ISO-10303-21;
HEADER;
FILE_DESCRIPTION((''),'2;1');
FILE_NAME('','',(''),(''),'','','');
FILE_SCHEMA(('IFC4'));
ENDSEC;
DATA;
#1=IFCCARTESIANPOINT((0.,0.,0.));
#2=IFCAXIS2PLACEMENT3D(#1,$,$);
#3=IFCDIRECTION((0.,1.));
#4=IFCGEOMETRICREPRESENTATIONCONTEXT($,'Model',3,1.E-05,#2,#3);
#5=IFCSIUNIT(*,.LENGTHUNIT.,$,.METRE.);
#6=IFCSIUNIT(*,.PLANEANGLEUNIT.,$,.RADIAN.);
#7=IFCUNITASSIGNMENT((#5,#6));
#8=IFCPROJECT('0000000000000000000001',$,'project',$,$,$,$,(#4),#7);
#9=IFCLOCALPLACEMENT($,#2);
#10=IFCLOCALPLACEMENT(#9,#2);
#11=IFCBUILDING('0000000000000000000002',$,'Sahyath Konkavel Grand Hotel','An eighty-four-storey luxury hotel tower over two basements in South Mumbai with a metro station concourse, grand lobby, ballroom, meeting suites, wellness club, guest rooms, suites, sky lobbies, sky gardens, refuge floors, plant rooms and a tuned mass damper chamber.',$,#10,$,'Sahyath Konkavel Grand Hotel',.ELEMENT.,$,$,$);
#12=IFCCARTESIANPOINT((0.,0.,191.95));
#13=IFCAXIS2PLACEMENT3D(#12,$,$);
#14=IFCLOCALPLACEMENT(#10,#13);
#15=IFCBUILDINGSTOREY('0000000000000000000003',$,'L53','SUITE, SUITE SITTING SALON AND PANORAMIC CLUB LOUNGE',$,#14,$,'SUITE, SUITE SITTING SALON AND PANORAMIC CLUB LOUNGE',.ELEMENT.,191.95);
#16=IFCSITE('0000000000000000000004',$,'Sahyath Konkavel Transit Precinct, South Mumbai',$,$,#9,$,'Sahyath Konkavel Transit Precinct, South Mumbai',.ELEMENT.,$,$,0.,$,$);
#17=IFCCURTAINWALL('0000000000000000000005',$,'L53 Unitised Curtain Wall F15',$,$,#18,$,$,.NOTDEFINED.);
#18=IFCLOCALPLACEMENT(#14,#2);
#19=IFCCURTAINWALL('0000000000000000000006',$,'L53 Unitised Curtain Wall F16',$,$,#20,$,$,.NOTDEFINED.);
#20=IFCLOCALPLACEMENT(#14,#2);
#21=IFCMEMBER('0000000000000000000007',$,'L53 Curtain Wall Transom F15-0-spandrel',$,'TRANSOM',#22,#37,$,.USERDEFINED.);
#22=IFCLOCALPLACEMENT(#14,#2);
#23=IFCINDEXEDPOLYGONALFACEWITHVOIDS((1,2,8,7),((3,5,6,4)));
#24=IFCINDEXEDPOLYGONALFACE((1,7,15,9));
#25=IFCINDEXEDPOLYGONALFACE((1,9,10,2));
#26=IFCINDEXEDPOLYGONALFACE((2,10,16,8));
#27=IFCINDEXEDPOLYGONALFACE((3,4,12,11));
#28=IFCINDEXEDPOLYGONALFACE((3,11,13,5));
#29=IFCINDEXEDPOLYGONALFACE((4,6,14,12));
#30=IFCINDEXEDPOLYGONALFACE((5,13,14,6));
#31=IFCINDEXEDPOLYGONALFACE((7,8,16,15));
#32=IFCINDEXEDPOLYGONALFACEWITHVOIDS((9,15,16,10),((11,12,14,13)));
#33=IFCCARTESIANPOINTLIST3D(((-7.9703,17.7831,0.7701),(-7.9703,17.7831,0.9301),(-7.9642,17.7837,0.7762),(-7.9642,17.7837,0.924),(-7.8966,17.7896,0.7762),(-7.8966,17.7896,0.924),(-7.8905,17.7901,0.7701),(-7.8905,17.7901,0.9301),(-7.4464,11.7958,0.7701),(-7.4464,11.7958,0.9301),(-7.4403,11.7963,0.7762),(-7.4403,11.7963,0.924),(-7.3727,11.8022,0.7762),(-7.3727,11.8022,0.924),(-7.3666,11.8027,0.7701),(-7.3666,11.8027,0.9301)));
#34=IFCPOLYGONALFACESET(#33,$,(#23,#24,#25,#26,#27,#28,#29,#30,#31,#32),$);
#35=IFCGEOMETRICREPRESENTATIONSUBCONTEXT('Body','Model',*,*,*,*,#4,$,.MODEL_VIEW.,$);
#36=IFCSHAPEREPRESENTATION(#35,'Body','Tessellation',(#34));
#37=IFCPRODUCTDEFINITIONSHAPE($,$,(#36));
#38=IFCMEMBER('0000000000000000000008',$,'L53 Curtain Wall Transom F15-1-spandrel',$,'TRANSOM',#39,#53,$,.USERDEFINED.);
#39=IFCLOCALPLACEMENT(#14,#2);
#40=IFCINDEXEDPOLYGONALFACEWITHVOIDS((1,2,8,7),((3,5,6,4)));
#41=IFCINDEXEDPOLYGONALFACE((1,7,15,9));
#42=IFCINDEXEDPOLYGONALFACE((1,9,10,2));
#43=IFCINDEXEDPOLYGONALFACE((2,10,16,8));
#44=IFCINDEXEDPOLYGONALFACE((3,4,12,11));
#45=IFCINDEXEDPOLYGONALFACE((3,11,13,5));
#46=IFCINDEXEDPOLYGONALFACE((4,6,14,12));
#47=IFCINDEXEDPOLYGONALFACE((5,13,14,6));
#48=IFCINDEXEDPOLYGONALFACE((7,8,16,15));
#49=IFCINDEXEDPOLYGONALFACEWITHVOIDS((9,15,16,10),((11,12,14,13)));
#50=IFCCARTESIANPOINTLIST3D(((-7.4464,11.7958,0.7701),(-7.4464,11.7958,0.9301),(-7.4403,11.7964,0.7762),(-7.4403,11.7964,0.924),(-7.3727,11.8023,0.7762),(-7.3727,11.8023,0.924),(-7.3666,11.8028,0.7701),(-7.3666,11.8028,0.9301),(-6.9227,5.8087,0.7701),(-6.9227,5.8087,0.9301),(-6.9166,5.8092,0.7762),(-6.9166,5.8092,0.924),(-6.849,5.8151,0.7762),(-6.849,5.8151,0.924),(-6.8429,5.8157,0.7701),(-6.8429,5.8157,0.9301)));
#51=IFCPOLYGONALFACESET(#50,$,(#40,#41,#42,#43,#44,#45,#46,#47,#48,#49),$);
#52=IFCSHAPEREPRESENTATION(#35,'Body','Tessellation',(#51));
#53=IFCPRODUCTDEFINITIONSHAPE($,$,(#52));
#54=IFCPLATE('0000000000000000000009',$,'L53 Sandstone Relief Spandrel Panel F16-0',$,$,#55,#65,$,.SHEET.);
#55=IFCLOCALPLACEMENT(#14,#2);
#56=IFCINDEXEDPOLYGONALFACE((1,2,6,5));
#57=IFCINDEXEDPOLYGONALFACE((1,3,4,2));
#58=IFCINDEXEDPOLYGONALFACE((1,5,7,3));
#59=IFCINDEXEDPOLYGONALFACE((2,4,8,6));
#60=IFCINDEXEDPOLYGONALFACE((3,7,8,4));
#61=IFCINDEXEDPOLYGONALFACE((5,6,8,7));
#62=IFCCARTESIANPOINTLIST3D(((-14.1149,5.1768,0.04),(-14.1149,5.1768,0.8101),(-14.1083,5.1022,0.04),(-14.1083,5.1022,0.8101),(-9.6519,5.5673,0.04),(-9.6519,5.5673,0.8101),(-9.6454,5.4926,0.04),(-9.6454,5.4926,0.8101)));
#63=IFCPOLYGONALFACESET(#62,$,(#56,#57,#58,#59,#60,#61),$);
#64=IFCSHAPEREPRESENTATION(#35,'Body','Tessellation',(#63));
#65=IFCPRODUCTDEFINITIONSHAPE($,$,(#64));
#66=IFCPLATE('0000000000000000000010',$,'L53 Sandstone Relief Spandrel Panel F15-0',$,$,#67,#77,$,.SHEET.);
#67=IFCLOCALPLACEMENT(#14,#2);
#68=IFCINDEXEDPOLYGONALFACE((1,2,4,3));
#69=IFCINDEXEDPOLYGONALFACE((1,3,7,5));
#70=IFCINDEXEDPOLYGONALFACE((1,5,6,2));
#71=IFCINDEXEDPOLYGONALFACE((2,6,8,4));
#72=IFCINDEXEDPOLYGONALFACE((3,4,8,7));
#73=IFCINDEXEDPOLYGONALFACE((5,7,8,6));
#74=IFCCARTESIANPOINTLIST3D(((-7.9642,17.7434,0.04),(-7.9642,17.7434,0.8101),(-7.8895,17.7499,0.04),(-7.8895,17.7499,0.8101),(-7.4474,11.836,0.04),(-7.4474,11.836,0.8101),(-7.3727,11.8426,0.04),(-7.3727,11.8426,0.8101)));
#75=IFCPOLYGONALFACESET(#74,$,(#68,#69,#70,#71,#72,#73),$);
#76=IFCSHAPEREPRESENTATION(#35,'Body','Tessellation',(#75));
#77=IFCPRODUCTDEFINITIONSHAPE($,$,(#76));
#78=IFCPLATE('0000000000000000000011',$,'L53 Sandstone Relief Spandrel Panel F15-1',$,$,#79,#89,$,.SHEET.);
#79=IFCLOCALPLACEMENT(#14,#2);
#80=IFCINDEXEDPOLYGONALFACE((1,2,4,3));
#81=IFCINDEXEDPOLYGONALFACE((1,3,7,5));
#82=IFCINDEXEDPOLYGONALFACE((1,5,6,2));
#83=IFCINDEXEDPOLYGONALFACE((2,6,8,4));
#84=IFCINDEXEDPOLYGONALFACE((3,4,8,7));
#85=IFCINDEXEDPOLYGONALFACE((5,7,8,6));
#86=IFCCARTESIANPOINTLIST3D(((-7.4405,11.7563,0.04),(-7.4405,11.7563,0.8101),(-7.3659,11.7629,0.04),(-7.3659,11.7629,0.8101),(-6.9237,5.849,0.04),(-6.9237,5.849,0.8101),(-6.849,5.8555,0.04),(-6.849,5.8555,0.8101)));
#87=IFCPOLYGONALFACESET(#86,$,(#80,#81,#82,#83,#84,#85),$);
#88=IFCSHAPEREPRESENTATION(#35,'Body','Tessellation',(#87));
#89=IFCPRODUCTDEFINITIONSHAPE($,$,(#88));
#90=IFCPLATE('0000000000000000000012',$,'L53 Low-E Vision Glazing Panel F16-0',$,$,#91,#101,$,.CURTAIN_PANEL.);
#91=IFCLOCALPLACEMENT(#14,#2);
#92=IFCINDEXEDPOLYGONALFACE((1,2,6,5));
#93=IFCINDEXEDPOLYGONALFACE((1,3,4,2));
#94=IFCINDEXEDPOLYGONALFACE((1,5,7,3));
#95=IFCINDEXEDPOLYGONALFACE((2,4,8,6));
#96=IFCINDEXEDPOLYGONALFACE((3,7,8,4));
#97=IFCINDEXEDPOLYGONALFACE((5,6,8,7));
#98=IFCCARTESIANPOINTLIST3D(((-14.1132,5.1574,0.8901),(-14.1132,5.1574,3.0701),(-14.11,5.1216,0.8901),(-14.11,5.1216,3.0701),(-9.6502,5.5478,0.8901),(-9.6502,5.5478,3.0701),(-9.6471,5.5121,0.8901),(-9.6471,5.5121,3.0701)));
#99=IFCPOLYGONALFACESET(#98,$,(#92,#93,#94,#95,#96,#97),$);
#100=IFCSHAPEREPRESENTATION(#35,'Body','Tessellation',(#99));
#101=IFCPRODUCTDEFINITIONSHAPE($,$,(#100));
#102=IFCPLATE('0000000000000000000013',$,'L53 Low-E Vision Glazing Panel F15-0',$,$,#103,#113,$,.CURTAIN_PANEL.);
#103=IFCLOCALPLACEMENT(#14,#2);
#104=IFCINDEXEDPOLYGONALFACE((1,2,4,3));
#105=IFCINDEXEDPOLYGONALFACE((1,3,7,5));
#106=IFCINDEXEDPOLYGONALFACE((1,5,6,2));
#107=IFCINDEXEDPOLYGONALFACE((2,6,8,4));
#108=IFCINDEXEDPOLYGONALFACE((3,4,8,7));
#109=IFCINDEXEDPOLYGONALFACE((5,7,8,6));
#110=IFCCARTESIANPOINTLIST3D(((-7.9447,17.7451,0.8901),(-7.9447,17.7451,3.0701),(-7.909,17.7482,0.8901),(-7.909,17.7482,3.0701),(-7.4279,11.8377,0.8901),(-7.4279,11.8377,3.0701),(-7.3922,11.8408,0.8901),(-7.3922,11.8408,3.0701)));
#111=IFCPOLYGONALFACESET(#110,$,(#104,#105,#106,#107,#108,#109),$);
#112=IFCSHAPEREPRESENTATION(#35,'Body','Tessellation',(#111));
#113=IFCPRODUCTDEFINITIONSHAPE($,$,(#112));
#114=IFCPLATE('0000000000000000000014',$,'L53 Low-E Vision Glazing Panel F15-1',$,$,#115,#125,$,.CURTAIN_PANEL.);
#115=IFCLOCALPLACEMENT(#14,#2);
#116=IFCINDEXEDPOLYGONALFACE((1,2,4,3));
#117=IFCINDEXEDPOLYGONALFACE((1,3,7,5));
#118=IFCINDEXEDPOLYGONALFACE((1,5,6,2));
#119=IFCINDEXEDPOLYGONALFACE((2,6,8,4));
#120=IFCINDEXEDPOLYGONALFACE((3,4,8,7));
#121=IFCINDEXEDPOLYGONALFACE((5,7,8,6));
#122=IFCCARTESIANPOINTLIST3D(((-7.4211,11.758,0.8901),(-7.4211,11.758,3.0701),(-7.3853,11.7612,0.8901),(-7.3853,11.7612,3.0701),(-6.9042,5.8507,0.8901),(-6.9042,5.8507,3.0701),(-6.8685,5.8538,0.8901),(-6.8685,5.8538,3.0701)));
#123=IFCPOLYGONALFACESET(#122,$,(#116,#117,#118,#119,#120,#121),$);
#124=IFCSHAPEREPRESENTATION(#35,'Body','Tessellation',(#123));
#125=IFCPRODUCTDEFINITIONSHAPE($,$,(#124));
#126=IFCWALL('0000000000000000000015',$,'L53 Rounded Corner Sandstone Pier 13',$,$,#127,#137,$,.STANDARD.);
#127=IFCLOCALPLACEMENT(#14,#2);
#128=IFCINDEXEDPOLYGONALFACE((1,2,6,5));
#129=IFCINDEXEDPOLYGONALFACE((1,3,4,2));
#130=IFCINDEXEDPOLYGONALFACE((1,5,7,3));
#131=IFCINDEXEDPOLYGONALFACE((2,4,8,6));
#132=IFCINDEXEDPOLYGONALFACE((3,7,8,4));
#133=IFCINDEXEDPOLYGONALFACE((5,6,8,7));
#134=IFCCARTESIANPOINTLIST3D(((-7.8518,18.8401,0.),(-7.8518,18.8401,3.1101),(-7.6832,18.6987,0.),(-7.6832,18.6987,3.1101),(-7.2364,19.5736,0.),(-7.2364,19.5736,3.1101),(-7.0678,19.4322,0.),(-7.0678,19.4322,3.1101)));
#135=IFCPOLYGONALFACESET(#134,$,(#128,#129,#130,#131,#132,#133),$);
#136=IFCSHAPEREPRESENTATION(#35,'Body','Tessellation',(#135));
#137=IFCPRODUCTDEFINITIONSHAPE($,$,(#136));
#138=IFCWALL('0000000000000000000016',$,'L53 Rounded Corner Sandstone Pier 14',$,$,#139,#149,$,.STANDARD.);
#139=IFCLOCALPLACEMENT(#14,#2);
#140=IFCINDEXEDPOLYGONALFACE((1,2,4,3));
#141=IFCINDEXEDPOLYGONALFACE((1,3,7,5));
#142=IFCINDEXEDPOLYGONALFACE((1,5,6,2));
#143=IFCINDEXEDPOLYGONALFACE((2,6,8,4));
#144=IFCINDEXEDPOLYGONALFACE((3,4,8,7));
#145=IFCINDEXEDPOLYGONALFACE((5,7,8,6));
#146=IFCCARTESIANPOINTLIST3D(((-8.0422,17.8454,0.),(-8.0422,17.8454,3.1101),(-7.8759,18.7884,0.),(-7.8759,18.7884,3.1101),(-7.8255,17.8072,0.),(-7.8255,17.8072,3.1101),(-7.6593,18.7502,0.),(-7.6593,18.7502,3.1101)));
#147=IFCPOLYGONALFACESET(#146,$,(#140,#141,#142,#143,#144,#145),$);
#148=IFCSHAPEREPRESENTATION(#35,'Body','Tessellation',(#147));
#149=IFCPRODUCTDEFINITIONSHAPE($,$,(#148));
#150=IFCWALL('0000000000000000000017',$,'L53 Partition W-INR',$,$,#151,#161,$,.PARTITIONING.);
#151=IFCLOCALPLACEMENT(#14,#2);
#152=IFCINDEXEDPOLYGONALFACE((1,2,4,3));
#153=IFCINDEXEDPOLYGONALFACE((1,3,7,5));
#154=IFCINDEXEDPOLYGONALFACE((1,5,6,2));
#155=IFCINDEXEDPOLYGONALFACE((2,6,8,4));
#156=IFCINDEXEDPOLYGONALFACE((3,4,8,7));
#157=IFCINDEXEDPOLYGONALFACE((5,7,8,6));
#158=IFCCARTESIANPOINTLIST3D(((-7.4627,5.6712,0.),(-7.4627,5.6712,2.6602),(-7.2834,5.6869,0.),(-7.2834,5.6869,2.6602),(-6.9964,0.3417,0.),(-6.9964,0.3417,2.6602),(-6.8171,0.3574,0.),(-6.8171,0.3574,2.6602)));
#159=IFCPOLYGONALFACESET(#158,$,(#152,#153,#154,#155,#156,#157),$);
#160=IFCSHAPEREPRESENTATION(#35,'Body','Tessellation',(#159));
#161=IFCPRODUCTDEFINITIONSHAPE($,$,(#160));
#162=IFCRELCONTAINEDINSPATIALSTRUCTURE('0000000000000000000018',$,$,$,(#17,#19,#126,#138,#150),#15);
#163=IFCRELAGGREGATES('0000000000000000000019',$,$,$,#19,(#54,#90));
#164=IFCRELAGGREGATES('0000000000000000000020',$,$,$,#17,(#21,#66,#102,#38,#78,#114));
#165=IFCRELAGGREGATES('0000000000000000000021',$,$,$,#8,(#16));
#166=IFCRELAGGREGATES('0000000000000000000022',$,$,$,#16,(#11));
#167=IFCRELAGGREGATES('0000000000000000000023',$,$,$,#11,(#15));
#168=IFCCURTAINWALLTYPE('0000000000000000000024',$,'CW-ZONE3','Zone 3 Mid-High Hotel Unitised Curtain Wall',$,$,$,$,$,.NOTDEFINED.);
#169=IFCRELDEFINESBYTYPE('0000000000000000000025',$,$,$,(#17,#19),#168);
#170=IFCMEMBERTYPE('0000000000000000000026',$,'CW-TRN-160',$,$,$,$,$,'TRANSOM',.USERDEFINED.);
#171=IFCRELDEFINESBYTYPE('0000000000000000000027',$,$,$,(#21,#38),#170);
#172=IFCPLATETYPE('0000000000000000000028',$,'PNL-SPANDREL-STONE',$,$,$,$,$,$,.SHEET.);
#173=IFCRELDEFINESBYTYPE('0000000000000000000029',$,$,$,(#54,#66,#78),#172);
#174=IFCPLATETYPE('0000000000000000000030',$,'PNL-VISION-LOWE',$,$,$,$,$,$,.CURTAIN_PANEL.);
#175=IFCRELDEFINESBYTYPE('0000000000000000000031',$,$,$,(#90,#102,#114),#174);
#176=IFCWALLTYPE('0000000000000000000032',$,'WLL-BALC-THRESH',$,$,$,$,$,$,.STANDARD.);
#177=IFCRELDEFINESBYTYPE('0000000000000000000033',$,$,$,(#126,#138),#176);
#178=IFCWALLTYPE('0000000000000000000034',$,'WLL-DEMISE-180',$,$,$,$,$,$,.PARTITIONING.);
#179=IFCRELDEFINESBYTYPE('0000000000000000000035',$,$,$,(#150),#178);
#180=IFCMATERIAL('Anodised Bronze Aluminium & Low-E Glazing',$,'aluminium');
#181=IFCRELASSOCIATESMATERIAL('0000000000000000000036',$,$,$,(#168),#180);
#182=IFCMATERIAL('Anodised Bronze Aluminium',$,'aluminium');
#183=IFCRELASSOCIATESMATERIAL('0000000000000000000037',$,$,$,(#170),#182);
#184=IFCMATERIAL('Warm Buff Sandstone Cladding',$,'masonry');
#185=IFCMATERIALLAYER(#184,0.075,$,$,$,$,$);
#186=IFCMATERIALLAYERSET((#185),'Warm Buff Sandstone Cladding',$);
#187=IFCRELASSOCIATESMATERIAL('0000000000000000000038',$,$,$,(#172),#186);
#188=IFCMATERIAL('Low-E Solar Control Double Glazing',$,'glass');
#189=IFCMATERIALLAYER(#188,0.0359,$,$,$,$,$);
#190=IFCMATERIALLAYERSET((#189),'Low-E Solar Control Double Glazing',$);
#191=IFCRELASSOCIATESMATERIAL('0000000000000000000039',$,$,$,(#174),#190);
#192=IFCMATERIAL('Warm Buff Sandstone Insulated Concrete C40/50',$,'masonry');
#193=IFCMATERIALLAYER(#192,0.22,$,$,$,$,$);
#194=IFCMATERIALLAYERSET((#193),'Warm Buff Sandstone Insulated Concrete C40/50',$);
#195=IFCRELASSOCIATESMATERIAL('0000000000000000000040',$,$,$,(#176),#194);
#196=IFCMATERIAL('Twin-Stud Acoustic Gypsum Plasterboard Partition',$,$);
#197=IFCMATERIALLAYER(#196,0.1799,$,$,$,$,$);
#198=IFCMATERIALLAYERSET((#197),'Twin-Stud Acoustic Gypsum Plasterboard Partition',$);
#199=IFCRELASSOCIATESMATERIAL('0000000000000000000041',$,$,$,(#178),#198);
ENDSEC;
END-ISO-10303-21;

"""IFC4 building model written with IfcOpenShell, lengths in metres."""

from ifc_helpers import new_model, si_unit, direction, frame, frame_2d, origin, origin_2d, place, context, subcontext, project, spatial, rectangle, hollow_rectangle, extrude, source, transform, mapped, material, layer, layer_set, material_profile, profile_set, type_object, element, aggregate, save


model = new_model("IFC4")

# Units and contexts
model_context = context("Model", 3, precision=1e-05, world=origin(), true_north=direction((0.0, 1.0)))
body_context = subcontext(model_context, "Body", "Model", "MODEL_VIEW")
ifc_project = project(units=[si_unit("LENGTHUNIT", "METRE"), si_unit("PLANEANGLEUNIT", "RADIAN")], contexts=[model_context])

# Site, building, storey
site_placement = place(None, origin())
site = spatial("IfcSite", under=ifc_project, at=site_placement, Name="Sahyath Konkavel Transit Precinct, South Mumbai", LongName="Sahyath Konkavel Transit Precinct, South Mumbai", CompositionType="ELEMENT", RefElevation=0.0)
building_placement = place(site_placement, origin())
building = spatial("IfcBuilding", under=site, at=building_placement, Name="Sahyath Konkavel Grand Hotel", Description="An eighty-four-storey luxury hotel tower over two basements in South Mumbai with a metro station concourse, grand lobby, ballroom, meeting suites, wellness club, guest rooms, suites, sky lobbies, sky gardens, refuge floors, plant rooms and a tuned mass damper chamber.", LongName="Sahyath Konkavel Grand Hotel", CompositionType="ELEMENT")
storey_placement = place(building_placement, frame((0.0, 0.0, 191.95)))
storey = spatial("IfcBuildingStorey", under=building, at=storey_placement, Name="L53", Description="SUITE, SUITE SITTING SALON AND PANORAMIC CLUB LOUNGE", LongName="SUITE, SUITE SITTING SALON AND PANORAMIC CLUB LOUNGE", CompositionType="ELEMENT", Elevation=191.95)

# Curtain walls
ifc_material_1 = material(Name="Anodised Bronze Aluminium & Low-E Glazing", Category="aluminium")
curtain_wall_type = type_object("IfcCurtainWallType", Name="CW-ZONE3", Description="Zone 3 Mid-High Hotel Unitised Curtain Wall", PredefinedType="NOTDEFINED", material=ifc_material_1)
curtain_wall_1_placement = place(storey_placement, origin())
curtain_wall_1 = element("IfcCurtainWall", 1, at=curtain_wall_1_placement, inside=storey, type_object=curtain_wall_type, Name="L53 Unitised Curtain Wall F15", PredefinedType="NOTDEFINED")
curtain_wall_2_placement = place(storey_placement, origin())
curtain_wall_2 = element("IfcCurtainWall", 2, at=curtain_wall_2_placement, inside=storey, type_object=curtain_wall_type, Name="L53 Unitised Curtain Wall F16", PredefinedType="NOTDEFINED")
ifc_material_2 = material(Name="Anodised Bronze Aluminium", Category="aluminium")

# Members
ifc_material_profile_1 = material_profile(ifc_material_2, hollow_rectangle(XDim=0.0801, YDim=0.1599, WallThickness=0.0061, at=origin_2d()), Name="RHS 160x80x6")
ifc_profile_set_1 = profile_set([ifc_material_profile_1], Name="Anodised Bronze Aluminium")
member_type_1 = type_object("IfcMemberType", Name="CW-TRN-160", ElementType="TRANSOM", PredefinedType="USERDEFINED", material=ifc_profile_set_1)
shared_shape_1 = source(origin(), body_context, "Body", "SweptSolid", [
    extrude(hollow_rectangle(XDim=0.0801, YDim=0.1599, WallThickness=0.0061, at=origin_2d()), origin(), (0.0, 0.0, 1.0), 6.0103),
])
member_1_placement = place(storey_placement, frame((-7.9304, 17.7866, 0.8501), z_axis=(0.087173, -0.996193, 0.0), x_axis=(0.996193, 0.087173, 0.0)))
member_1 = element("IfcMember", 3, at=member_1_placement, type_object=member_type_1, Name="L53 Curtain Wall Transom F15-0-spandrel", ObjectType="TRANSOM", PredefinedType="USERDEFINED", context=body_context, shape_type="MappedRepresentation", body=[
    mapped(shared_shape_1, transform((0.0, 0.0, 0.0), scale=1.0)),
])
shared_shape_2 = source(origin(), body_context, "Body", "SweptSolid", [
    extrude(hollow_rectangle(XDim=0.0801, YDim=0.1599, WallThickness=0.0061, at=origin_2d()), origin(), (0.0, 0.0, 1.0), 6.01),
])
member_2_placement = place(storey_placement, frame((-7.4065, 11.7993, 0.8501), z_axis=(0.087136, -0.996196, 0.0), x_axis=(0.996196, 0.087136, 0.0)))
member_2 = element("IfcMember", 4, at=member_2_placement, type_object=member_type_1, Name="L53 Curtain Wall Transom F15-1-spandrel", ObjectType="TRANSOM", PredefinedType="USERDEFINED", context=body_context, shape_type="MappedRepresentation", body=[
    mapped(shared_shape_2, transform((0.0, 0.0, 0.0), scale=1.0)),
])

# Plates
ifc_material_3 = material(Name="Warm Buff Sandstone Cladding", Category="masonry")
ifc_layer_1 = layer(ifc_material_3, 0.075)
ifc_layer_set_1 = layer_set([ifc_layer_1], Name="Warm Buff Sandstone Cladding")
plate_type_1 = type_object("IfcPlateType", Name="PNL-SPANDREL-STONE", PredefinedType="SHEET", material=ifc_layer_set_1)
shared_shape_3 = source(origin(), body_context, "Body", "SweptSolid", [
    extrude(rectangle(XDim=4.48, YDim=0.075, at=origin_2d()), origin(), (0.0, 0.0, 1.0), 0.77),
])
plate_1_placement = place(storey_placement, frame((-11.8801, 5.3347, 0.04), z_axis=(0.0, 0.0, 1.0), x_axis=(-0.996195, -0.087156, 0.0)))
plate_1 = element("IfcPlate", 5, at=plate_1_placement, type_object=plate_type_1, Name="L53 Sandstone Relief Spandrel Panel F16-0", PredefinedType="SHEET", context=body_context, shape_type="MappedRepresentation", body=[
    mapped(shared_shape_3, transform((0.0, 0.0, 0.0), scale=1.0)),
])
shared_shape_4 = source(origin(), body_context, "Body", "SweptSolid", [
    extrude(rectangle(XDim=5.9299, YDim=0.075, at=origin_2d()), origin(), (0.0, 0.0, 1.0), 0.77),
])
plate_2_placement = place(storey_placement, frame((-7.6685, 14.793, 0.04), z_axis=(0.0, 0.0, 1.0), x_axis=(0.087156, -0.996195, 0.0)))
plate_2 = element("IfcPlate", 6, at=plate_2_placement, type_object=plate_type_1, Name="L53 Sandstone Relief Spandrel Panel F15-0", PredefinedType="SHEET", context=body_context, shape_type="MappedRepresentation", body=[
    mapped(shared_shape_4, transform((0.0, 0.0, 0.0), scale=1.0)),
])
plate_3_placement = place(storey_placement, frame((-7.1448, 8.8059, 0.04), z_axis=(0.0, 0.0, 1.0), x_axis=(0.087156, -0.996195, 0.0)))
plate_3 = element("IfcPlate", 7, at=plate_3_placement, type_object=plate_type_1, Name="L53 Sandstone Relief Spandrel Panel F15-1", PredefinedType="SHEET", context=body_context, shape_type="MappedRepresentation", body=[
    mapped(shared_shape_4, transform((0.0, 0.0, 0.0), scale=1.0)),
])
ifc_material_4 = material(Name="Low-E Solar Control Double Glazing", Category="glass")
ifc_layer_2 = layer(ifc_material_4, 0.0359)
ifc_layer_set_2 = layer_set([ifc_layer_2], Name="Low-E Solar Control Double Glazing")
plate_type_2 = type_object("IfcPlateType", Name="PNL-VISION-LOWE", PredefinedType="CURTAIN_PANEL", material=ifc_layer_set_2)
shared_shape_5 = source(origin(), body_context, "Body", "SweptSolid", [
    extrude(rectangle(XDim=4.48, YDim=0.0359, at=origin_2d()), origin(), (0.0, 0.0, 1.0), 2.1799),
])
plate_4_placement = place(storey_placement, frame((-11.8801, 5.3347, 0.8901), z_axis=(0.0, 0.0, 1.0), x_axis=(-0.996195, -0.087156, 0.0)))
plate_4 = element("IfcPlate", 8, at=plate_4_placement, type_object=plate_type_2, Name="L53 Low-E Vision Glazing Panel F16-0", PredefinedType="CURTAIN_PANEL", context=body_context, shape_type="MappedRepresentation", body=[
    mapped(shared_shape_5, transform((0.0, 0.0, 0.0), scale=1.0)),
])
aggregate(curtain_wall_2, [plate_1, plate_4])
shared_shape_6 = source(origin(), body_context, "Body", "SweptSolid", [
    extrude(rectangle(XDim=5.9299, YDim=0.0359, at=origin_2d()), origin(), (0.0, 0.0, 1.0), 2.1799),
])
plate_5_placement = place(storey_placement, frame((-7.6685, 14.793, 0.8901), z_axis=(0.0, 0.0, 1.0), x_axis=(0.087156, -0.996195, 0.0)))
plate_5 = element("IfcPlate", 9, at=plate_5_placement, type_object=plate_type_2, Name="L53 Low-E Vision Glazing Panel F15-0", PredefinedType="CURTAIN_PANEL", context=body_context, shape_type="MappedRepresentation", body=[
    mapped(shared_shape_6, transform((0.0, 0.0, 0.0), scale=1.0)),
])
plate_6_placement = place(storey_placement, frame((-7.1448, 8.8059, 0.8901), z_axis=(0.0, 0.0, 1.0), x_axis=(0.087156, -0.996195, 0.0)))
plate_6 = element("IfcPlate", 10, at=plate_6_placement, type_object=plate_type_2, Name="L53 Low-E Vision Glazing Panel F15-1", PredefinedType="CURTAIN_PANEL", context=body_context, shape_type="MappedRepresentation", body=[
    mapped(shared_shape_6, transform((0.0, 0.0, 0.0), scale=1.0)),
])
aggregate(curtain_wall_1, [member_1, plate_2, plate_5, member_2, plate_3, plate_6])

# Walls
ifc_material_5 = material(Name="Warm Buff Sandstone Insulated Concrete C40/50", Category="masonry")
ifc_layer_3 = layer(ifc_material_5, 0.22)
ifc_layer_set_3 = layer_set([ifc_layer_3], Name="Warm Buff Sandstone Insulated Concrete C40/50")
wall_type_1 = type_object("IfcWallType", Name="WLL-BALC-THRESH", PredefinedType="STANDARD", material=ifc_layer_set_3)
for number, where, z_axis, x_axis, name in (
    (11, (-7.1521, 19.5029, 0.0), (0.0, 0.0, 1.0), (-0.642714, -0.766107, 0.0), "L53 Rounded Corner Sandstone Pier 13"),
    (12, (-7.7676, 18.7693, 0.0), (0.0, 0.0, 1.0), (-0.173654, -0.984807, 0.0), "L53 Rounded Corner Sandstone Pier 14"),
):
    element("IfcWall", number, at=place(storey_placement, frame(where, z_axis=z_axis, x_axis=x_axis)), inside=storey, type_object=wall_type_1, Name=name, PredefinedType="STANDARD", context=body_context, shape_type="SweptSolid", body=[
        extrude(rectangle(XDim=0.9575, YDim=0.22, at=frame_2d((0.4788, 0.0))), origin(), (0.0, 0.0, 1.0), 3.1101),
    ])
ifc_material_6 = material(Name="Twin-Stud Acoustic Gypsum Plasterboard Partition")
ifc_layer_4 = layer(ifc_material_6, 0.1799)
ifc_layer_set_4 = layer_set([ifc_layer_4], Name="Twin-Stud Acoustic Gypsum Plasterboard Partition")
wall_type_2 = type_object("IfcWallType", Name="WLL-DEMISE-180", PredefinedType="PARTITIONING", material=ifc_layer_set_4)
wall_1_placement = place(storey_placement, frame((-7.373, 5.679, 0.0), z_axis=(0.0, 0.0, 1.0), x_axis=(0.087161, -0.996194, 0.0)))
element("IfcWall", 13, at=wall_1_placement, inside=storey, type_object=wall_type_2, Name="L53 Partition W-INR", PredefinedType="PARTITIONING", context=body_context, shape_type="SweptSolid", body=[
    extrude(rectangle(XDim=5.3499, YDim=0.1799, at=frame_2d((2.6748, 0.0))), origin(), (0.0, 0.0, 1.0), 2.6602),
])

save(model, "model.ifc")
